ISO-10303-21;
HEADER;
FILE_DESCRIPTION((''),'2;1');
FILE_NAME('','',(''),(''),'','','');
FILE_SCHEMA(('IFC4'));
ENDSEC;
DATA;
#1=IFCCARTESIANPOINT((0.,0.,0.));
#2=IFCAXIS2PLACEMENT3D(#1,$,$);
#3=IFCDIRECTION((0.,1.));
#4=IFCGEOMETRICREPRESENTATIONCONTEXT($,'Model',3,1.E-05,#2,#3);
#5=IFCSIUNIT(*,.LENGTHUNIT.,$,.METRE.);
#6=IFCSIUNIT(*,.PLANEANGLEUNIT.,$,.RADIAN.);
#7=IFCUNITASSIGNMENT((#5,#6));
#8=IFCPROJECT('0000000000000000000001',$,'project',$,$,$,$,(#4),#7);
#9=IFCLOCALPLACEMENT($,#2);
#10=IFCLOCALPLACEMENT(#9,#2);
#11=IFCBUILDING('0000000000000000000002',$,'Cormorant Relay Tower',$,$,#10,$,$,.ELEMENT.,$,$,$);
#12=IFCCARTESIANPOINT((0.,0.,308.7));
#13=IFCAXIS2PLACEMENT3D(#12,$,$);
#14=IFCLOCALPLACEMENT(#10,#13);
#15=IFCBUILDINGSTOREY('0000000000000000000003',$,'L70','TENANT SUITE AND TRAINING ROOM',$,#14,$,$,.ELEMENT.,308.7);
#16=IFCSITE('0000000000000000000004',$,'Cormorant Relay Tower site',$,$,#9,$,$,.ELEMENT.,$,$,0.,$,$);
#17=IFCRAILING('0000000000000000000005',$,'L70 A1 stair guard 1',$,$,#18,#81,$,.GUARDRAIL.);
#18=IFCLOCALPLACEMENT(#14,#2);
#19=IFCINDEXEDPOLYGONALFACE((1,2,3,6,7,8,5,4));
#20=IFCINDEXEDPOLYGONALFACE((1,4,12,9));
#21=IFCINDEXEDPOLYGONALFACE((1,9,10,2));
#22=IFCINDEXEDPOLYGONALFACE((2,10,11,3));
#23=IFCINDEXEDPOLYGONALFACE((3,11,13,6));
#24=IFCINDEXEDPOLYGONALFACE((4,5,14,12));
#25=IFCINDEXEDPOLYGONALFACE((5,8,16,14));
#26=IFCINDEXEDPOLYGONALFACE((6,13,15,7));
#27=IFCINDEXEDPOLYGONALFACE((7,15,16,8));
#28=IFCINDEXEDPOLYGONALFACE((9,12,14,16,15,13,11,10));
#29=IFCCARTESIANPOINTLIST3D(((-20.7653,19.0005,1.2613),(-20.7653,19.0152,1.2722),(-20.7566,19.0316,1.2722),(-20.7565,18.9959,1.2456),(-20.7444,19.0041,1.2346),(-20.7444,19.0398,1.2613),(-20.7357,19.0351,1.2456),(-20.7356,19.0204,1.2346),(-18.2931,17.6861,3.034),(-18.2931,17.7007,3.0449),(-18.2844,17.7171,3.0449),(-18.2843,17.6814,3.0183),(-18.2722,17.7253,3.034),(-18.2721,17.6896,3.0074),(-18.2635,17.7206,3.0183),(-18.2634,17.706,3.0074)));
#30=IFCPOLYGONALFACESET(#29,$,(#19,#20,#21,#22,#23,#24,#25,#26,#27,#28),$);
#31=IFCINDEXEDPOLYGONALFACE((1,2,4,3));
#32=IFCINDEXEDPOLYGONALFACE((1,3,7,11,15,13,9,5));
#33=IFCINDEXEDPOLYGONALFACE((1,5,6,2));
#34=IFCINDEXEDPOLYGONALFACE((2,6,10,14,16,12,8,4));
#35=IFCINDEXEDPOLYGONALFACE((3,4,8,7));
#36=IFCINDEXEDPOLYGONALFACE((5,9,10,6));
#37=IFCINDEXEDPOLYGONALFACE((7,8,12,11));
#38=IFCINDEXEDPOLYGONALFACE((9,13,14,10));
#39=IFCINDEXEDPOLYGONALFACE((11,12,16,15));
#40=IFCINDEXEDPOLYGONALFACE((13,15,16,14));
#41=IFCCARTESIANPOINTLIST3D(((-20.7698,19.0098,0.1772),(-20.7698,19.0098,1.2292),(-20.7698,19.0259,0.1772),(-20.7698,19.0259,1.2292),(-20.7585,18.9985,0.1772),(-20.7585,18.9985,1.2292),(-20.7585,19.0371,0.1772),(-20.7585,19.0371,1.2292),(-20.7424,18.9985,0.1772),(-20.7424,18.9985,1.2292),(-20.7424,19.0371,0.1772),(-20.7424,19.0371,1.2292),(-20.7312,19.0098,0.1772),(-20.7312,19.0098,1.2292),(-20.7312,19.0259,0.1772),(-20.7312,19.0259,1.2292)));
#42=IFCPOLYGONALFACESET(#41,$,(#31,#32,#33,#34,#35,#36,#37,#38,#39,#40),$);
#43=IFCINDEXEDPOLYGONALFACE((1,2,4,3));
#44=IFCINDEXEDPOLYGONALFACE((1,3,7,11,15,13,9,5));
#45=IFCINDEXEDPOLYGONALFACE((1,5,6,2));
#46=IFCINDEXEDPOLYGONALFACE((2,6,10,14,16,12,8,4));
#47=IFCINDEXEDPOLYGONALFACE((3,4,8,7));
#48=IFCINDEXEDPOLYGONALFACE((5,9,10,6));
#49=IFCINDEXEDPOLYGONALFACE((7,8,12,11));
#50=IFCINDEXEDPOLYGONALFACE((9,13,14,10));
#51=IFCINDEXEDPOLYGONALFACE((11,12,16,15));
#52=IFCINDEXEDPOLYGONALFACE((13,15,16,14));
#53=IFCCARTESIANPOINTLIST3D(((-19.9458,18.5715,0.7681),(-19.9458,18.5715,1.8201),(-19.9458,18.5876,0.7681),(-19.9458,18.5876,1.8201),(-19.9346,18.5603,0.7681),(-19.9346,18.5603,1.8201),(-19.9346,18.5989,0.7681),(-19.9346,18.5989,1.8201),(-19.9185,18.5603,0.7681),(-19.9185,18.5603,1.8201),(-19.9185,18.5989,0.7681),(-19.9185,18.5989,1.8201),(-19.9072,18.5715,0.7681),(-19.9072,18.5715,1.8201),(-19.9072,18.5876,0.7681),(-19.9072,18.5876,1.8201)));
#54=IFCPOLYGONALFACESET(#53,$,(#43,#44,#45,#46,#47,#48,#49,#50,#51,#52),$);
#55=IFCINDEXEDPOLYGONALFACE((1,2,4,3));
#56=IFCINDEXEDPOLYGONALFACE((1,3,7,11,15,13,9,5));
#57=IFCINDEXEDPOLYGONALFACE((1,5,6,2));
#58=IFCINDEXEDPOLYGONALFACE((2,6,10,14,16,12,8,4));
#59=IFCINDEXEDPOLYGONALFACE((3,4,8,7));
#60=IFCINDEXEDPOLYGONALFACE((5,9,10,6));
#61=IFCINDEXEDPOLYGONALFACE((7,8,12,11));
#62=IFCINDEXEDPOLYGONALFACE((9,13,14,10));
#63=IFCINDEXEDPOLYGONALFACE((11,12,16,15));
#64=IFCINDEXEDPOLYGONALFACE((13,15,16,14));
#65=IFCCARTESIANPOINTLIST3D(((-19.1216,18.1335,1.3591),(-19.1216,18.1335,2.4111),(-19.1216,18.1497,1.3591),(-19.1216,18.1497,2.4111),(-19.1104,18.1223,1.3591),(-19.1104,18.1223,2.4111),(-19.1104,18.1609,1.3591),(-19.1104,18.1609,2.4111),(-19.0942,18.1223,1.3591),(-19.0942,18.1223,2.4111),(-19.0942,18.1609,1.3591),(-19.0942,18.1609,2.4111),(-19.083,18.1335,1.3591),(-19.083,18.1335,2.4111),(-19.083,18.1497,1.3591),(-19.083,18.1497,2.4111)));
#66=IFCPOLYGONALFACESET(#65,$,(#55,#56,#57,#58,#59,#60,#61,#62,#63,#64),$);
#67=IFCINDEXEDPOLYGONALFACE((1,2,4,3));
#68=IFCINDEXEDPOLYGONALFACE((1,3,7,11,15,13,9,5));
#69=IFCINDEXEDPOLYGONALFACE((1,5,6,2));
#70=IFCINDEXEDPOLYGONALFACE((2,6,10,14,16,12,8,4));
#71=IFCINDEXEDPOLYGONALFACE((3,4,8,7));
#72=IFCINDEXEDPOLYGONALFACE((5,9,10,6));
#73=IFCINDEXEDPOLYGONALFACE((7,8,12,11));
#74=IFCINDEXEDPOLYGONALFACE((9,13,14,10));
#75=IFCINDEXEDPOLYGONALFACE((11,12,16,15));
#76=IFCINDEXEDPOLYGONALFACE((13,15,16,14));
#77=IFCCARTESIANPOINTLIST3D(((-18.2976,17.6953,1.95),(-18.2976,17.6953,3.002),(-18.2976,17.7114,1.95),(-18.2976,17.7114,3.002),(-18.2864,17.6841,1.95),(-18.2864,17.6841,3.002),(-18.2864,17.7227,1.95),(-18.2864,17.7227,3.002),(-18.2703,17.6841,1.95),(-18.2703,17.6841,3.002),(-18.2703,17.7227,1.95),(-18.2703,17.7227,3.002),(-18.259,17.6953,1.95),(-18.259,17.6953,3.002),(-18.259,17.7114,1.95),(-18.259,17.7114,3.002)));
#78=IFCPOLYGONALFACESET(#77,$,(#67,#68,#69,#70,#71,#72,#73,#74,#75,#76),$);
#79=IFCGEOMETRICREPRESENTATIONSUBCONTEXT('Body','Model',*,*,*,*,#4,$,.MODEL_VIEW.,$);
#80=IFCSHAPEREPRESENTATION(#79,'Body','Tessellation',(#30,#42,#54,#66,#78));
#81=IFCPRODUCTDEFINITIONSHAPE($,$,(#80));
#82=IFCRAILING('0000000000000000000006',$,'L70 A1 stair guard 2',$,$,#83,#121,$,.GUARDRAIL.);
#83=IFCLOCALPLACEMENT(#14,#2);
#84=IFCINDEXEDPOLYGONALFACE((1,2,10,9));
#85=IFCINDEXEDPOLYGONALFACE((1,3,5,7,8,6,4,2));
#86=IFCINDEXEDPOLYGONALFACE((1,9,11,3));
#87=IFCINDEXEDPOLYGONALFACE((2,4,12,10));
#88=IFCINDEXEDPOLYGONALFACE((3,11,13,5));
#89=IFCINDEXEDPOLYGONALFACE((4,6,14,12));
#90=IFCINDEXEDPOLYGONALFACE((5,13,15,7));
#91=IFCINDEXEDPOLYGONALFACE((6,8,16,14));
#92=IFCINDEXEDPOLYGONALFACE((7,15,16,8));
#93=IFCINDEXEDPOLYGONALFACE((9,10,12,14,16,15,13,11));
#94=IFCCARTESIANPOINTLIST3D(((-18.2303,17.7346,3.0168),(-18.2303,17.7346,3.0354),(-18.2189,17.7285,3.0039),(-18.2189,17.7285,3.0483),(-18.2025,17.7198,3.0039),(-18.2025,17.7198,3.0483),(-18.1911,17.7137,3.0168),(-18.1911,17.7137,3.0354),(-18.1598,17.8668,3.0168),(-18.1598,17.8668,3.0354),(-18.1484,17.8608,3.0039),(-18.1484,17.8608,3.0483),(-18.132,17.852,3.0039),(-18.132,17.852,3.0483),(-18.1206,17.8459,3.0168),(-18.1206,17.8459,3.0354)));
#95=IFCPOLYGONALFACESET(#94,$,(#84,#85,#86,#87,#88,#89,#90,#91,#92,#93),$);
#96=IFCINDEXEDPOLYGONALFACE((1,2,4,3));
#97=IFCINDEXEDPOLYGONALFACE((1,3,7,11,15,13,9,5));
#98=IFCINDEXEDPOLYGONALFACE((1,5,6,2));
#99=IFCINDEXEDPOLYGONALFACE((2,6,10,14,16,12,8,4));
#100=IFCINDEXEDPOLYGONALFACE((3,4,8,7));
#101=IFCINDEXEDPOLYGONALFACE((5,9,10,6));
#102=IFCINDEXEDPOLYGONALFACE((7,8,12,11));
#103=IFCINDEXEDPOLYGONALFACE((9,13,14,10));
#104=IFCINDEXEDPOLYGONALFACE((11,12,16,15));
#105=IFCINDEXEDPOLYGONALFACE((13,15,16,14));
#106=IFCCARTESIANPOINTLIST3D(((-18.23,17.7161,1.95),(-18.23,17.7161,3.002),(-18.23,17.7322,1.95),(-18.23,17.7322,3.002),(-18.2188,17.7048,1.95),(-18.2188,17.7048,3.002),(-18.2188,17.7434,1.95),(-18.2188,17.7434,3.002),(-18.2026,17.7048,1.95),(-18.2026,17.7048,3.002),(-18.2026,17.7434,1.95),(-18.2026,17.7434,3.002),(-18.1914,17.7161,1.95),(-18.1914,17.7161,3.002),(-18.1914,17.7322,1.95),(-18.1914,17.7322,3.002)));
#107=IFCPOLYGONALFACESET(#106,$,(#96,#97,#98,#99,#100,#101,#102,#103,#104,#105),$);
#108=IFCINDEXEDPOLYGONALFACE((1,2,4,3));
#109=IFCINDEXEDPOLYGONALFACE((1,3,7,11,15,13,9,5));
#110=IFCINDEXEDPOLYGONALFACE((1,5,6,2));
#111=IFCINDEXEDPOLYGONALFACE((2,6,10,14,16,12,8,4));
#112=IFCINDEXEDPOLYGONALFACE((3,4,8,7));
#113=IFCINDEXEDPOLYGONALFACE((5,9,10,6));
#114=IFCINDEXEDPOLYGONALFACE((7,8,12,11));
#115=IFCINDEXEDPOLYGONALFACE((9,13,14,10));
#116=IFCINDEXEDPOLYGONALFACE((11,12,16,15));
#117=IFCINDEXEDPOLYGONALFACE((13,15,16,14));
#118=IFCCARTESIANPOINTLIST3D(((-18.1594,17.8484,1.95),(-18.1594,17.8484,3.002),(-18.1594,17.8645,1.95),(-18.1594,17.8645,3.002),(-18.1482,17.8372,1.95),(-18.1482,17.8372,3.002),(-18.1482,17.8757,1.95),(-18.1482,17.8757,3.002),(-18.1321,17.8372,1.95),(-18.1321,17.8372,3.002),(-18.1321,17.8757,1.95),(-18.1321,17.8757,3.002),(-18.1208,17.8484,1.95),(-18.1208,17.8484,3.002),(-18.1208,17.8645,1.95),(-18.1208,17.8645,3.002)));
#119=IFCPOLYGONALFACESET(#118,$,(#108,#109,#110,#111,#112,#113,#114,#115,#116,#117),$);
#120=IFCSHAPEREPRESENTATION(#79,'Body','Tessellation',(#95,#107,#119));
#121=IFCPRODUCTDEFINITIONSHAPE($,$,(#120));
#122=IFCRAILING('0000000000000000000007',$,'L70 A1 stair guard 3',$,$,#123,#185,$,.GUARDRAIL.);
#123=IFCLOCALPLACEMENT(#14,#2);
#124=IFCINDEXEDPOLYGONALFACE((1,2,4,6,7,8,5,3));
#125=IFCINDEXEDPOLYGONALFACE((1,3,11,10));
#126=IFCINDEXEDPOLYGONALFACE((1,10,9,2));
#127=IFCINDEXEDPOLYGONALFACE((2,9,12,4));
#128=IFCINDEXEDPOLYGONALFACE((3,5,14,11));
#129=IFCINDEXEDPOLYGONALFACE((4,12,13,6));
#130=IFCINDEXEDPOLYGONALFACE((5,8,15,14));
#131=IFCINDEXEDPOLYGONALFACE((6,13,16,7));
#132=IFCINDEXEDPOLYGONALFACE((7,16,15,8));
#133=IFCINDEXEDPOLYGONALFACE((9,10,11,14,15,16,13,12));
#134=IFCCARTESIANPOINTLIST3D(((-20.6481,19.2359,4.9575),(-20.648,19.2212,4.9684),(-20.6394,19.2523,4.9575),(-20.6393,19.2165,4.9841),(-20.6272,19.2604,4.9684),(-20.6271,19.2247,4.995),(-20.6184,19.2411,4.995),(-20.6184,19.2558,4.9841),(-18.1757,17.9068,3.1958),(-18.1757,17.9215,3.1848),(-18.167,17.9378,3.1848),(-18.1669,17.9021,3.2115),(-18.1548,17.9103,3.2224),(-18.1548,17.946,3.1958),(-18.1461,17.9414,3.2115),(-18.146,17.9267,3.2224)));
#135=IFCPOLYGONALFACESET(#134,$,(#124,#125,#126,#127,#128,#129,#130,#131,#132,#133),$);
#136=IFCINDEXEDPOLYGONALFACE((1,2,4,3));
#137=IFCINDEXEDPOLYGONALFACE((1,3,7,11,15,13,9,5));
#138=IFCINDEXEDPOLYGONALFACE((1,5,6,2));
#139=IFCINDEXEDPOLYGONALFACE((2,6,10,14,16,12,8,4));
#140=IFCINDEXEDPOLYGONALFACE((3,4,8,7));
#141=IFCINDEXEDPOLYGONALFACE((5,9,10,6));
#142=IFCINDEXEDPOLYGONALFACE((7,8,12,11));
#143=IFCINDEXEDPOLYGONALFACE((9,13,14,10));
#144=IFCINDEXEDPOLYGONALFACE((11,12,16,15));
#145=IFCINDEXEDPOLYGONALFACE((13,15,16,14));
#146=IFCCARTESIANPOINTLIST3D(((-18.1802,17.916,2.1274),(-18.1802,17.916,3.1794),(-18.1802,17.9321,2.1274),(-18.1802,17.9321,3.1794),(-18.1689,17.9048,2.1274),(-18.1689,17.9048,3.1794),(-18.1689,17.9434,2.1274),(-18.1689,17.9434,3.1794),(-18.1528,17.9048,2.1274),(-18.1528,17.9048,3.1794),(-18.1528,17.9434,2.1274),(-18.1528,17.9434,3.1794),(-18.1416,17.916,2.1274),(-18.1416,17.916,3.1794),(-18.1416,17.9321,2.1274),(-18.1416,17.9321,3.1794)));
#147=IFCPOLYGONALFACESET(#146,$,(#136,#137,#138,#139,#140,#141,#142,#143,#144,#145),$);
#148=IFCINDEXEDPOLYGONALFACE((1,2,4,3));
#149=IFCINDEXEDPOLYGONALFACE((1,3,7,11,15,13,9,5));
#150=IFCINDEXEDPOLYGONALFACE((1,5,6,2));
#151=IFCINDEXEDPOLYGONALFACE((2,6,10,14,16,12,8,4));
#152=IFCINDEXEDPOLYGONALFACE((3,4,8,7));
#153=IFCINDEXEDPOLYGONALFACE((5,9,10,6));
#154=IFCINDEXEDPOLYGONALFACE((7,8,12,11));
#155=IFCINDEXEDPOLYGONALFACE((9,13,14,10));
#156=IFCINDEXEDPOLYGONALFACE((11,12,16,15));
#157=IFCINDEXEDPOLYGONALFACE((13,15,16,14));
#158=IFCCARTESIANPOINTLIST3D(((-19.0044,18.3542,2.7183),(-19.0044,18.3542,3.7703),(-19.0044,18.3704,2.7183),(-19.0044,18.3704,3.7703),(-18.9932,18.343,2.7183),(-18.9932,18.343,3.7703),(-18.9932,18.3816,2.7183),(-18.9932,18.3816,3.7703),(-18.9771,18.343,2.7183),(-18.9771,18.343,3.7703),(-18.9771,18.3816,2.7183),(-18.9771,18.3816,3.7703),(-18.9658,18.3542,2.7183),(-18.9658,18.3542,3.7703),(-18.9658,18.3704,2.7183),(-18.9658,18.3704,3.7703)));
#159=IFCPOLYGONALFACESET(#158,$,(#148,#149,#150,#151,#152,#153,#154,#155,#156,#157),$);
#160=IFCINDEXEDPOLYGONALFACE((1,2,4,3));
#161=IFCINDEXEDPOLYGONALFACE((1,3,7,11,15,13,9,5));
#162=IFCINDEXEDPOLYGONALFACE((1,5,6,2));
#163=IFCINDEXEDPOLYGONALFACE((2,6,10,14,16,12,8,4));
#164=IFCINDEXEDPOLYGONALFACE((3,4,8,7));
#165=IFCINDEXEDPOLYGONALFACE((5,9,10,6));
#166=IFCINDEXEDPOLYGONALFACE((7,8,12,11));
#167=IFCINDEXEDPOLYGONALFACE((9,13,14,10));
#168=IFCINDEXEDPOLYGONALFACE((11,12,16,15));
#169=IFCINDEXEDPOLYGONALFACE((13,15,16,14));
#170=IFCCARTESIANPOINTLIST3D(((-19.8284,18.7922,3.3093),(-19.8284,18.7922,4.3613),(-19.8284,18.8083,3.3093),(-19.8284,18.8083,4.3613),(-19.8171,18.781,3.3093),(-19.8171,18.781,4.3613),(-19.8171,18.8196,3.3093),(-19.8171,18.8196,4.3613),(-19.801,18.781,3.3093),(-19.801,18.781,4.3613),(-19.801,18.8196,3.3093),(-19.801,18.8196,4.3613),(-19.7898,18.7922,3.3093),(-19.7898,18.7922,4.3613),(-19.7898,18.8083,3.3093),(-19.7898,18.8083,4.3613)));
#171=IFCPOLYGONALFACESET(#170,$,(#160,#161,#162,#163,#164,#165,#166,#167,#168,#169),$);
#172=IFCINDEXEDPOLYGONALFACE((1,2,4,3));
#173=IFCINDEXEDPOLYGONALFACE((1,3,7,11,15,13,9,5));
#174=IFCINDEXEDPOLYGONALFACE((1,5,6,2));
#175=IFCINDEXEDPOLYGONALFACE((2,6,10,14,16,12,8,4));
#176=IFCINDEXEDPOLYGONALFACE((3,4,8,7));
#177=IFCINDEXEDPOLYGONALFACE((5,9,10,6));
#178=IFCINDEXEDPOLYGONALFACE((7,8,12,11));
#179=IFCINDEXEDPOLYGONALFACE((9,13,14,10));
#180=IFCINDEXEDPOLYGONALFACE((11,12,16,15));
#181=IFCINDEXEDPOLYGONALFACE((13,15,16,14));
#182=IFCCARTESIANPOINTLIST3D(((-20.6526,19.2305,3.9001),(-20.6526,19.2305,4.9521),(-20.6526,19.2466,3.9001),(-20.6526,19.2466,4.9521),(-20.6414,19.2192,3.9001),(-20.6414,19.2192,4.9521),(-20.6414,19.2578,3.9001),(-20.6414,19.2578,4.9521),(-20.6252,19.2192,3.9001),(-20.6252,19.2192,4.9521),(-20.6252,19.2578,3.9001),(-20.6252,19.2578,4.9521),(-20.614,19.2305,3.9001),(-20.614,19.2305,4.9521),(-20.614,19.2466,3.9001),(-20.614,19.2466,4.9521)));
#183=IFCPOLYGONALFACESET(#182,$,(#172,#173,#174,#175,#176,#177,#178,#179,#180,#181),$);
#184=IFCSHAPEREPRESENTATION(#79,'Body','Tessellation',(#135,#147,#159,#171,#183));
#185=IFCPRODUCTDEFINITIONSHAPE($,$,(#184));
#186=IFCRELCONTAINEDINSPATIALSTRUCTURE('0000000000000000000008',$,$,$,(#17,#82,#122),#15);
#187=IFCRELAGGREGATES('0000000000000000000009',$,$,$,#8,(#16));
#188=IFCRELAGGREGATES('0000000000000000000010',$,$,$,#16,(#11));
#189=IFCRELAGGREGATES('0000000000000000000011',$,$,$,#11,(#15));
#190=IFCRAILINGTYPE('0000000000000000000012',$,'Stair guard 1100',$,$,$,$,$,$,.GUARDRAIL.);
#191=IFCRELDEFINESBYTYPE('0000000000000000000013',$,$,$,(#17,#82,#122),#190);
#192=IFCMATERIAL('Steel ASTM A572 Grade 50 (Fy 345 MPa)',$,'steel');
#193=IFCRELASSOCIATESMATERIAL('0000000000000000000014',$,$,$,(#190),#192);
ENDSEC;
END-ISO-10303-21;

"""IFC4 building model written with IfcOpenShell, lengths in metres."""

from ifc_helpers import new_model, si_unit, direction, frame, origin, place, context, subcontext, project, spatial, polyline, outline, extrude, material, type_object, element, save


model = new_model("IFC4")

# Units and contexts
model_context = context("Model", 3, precision=1e-05, world=origin(), true_north=direction((0.0, 1.0)))
body_context = subcontext(model_context, "Body", "Model", "MODEL_VIEW")
ifc_project = project(units=[si_unit("LENGTHUNIT", "METRE"), si_unit("PLANEANGLEUNIT", "RADIAN")], contexts=[model_context])

# Site, building, storey
site_placement = place(None, origin())
site = spatial("IfcSite", under=ifc_project, at=site_placement, Name="Cormorant Relay Tower site", CompositionType="ELEMENT", RefElevation=0.0)
building_placement = place(site_placement, origin())
building = spatial("IfcBuilding", under=site, at=building_placement, Name="Cormorant Relay Tower", CompositionType="ELEMENT")
storey_placement = place(building_placement, frame((0.0, 0.0, 308.7)))
storey = spatial("IfcBuildingStorey", under=building, at=storey_placement, Name="L70", Description="TENANT SUITE AND TRAINING ROOM", CompositionType="ELEMENT", Elevation=308.7)

# Railings
ifc_material_1 = material(Name="Steel ASTM A572 Grade 50 (Fy 345 MPa)", Category="steel")
railing_type_1 = type_object("IfcRailingType", Name="Stair guard 1100", PredefinedType="GUARDRAIL", material=ifc_material_1)
railing_1_placement = place(storey_placement, frame((-20.7505, 19.0178, 0.1772)))
element("IfcRailing", 1, at=railing_1_placement, inside=storey, type_object=railing_type_1, Name="L70 A1 stair guard 1", PredefinedType="GUARDRAIL", context=body_context, shape_type="SweptSolid", body=[
    extrude(outline(polyline([(0.0222, 0.0093), (0.0093, 0.0222), (-0.0093, 0.0222), (-0.0222, 0.0093), (-0.0222, -0.0093), (-0.0093, -0.0222), (0.0093, -0.0222), (0.0222, -0.0093), (0.0222, 0.0093)])), frame((0.0, 0.0, 1.0762), z_axis=(0.746001, -0.396649, 0.534931), x_axis=(0.469465, 0.882951, 0.0)), (0.0, 0.0, 1.0), 3.314),
    extrude(outline(polyline([(0.0193, 0.0081), (0.0081, 0.0193), (-0.0081, 0.0193), (-0.0193, 0.0081), (-0.0193, -0.0081), (-0.0081, -0.0193), (0.0081, -0.0193), (0.0193, -0.0081), (0.0193, 0.0081)])), origin(), (0.0, 0.0, 1.0), 1.052),
    extrude(outline(polyline([(0.0193, 0.0081), (0.0081, 0.0193), (-0.0081, 0.0193), (-0.0193, 0.0081), (-0.0193, -0.0081), (-0.0081, -0.0193), (0.0081, -0.0193), (0.0193, -0.0081), (0.0193, 0.0081)])), frame((0.824, -0.4382, 0.5908)), (0.0, 0.0, 1.0), 1.052),
    extrude(outline(polyline([(0.0193, 0.0081), (0.0081, 0.0193), (-0.0081, 0.0193), (-0.0193, 0.0081), (-0.0193, -0.0081), (-0.0081, -0.0193), (0.0081, -0.0193), (0.0193, -0.0081), (0.0193, 0.0081)])), frame((1.6482, -0.8762, 1.1819)), (0.0, 0.0, 1.0), 1.052),
    extrude(outline(polyline([(0.0193, 0.0081), (0.0081, 0.0193), (-0.0081, 0.0193), (-0.0193, 0.0081), (-0.0193, -0.0081), (-0.0081, -0.0193), (0.0081, -0.0193), (0.0193, -0.0081), (0.0193, 0.0081)])), frame((2.4722, -1.3145, 1.7727)), (0.0, 0.0, 1.0), 1.052),
])
railing_2_placement = place(storey_placement, frame((-18.2107, 17.7241, 1.95)))
element("IfcRailing", 2, at=railing_2_placement, inside=storey, type_object=railing_type_1, Name="L70 A1 stair guard 2", PredefinedType="GUARDRAIL", context=body_context, shape_type="SweptSolid", body=[
    extrude(outline(polyline([(0.0222, 0.0093), (0.0093, 0.0222), (-0.0093, 0.0222), (-0.0222, 0.0093), (-0.0222, -0.0093), (-0.0093, -0.0222), (0.0093, -0.0222), (0.0222, -0.0093), (0.0222, 0.0093)])), frame((0.0, 0.0, 1.0762), z_axis=(0.470504, 0.882398, 0.0), x_axis=(-0.882398, 0.470504, 0.0)), (0.0, 0.0, 1.0), 0.1499),
    extrude(outline(polyline([(0.0193, 0.0081), (0.0081, 0.0193), (-0.0081, 0.0193), (-0.0193, 0.0081), (-0.0193, -0.0081), (-0.0081, -0.0193), (0.0081, -0.0193), (0.0193, -0.0081), (0.0193, 0.0081)])), origin(), (0.0, 0.0, 1.0), 1.052),
    extrude(outline(polyline([(0.0193, 0.0081), (0.0081, 0.0193), (-0.0081, 0.0193), (-0.0193, 0.0081), (-0.0193, -0.0081), (-0.0081, -0.0193), (0.0081, -0.0193), (0.0193, -0.0081), (0.0193, 0.0081)])), frame((0.0706, 0.1323, 0.0)), (0.0, 0.0, 1.0), 1.052),
])
railing_3_placement = place(storey_placement, frame((-18.1609, 17.9241, 2.1274)))
element("IfcRailing", 3, at=railing_3_placement, inside=storey, type_object=railing_type_1, Name="L70 A1 stair guard 3", PredefinedType="GUARDRAIL", context=body_context, shape_type="SweptSolid", body=[
    extrude(outline(polyline([(0.0222, 0.0093), (0.0093, 0.0222), (-0.0093, 0.0222), (-0.0222, 0.0093), (-0.0222, -0.0093), (-0.0093, -0.0222), (0.0093, -0.0222), (0.0222, -0.0093), (0.0222, 0.0093)])), frame((0.0, 0.0, 1.0762), z_axis=(-0.746034, 0.396627, 0.534902), x_axis=(-0.469429, -0.88297, 0.0)), (0.0, 0.0, 1.0), 3.314),
    extrude(outline(polyline([(0.0193, 0.0081), (0.0081, 0.0193), (-0.0081, 0.0193), (-0.0193, 0.0081), (-0.0193, -0.0081), (-0.0081, -0.0193), (0.0081, -0.0193), (0.0193, -0.0081), (0.0193, 0.0081)])), origin(), (0.0, 0.0, 1.0), 1.052),
    extrude(outline(polyline([(0.0193, 0.0081), (0.0081, 0.0193), (-0.0081, 0.0193), (-0.0193, 0.0081), (-0.0193, -0.0081), (-0.0081, -0.0193), (0.0081, -0.0193), (0.0193, -0.0081), (0.0193, 0.0081)])), frame((-0.8242, 0.4382, 0.5908)), (0.0, 0.0, 1.0), 1.052),
    extrude(outline(polyline([(0.0193, 0.0081), (0.0081, 0.0193), (-0.0081, 0.0193), (-0.0193, 0.0081), (-0.0193, -0.0081), (-0.0081, -0.0193), (0.0081, -0.0193), (0.0193, -0.0081), (0.0193, 0.0081)])), frame((-1.6482, 0.8762, 1.1819)), (0.0, 0.0, 1.0), 1.052),
    extrude(outline(polyline([(0.0193, 0.0081), (0.0081, 0.0193), (-0.0081, 0.0193), (-0.0193, 0.0081), (-0.0193, -0.0081), (-0.0081, -0.0193), (0.0081, -0.0193), (0.0193, -0.0081), (0.0193, 0.0081)])), frame((-2.4724, 1.3145, 1.7727)), (0.0, 0.0, 1.0), 1.052),
])

save(model, "model.ifc")
